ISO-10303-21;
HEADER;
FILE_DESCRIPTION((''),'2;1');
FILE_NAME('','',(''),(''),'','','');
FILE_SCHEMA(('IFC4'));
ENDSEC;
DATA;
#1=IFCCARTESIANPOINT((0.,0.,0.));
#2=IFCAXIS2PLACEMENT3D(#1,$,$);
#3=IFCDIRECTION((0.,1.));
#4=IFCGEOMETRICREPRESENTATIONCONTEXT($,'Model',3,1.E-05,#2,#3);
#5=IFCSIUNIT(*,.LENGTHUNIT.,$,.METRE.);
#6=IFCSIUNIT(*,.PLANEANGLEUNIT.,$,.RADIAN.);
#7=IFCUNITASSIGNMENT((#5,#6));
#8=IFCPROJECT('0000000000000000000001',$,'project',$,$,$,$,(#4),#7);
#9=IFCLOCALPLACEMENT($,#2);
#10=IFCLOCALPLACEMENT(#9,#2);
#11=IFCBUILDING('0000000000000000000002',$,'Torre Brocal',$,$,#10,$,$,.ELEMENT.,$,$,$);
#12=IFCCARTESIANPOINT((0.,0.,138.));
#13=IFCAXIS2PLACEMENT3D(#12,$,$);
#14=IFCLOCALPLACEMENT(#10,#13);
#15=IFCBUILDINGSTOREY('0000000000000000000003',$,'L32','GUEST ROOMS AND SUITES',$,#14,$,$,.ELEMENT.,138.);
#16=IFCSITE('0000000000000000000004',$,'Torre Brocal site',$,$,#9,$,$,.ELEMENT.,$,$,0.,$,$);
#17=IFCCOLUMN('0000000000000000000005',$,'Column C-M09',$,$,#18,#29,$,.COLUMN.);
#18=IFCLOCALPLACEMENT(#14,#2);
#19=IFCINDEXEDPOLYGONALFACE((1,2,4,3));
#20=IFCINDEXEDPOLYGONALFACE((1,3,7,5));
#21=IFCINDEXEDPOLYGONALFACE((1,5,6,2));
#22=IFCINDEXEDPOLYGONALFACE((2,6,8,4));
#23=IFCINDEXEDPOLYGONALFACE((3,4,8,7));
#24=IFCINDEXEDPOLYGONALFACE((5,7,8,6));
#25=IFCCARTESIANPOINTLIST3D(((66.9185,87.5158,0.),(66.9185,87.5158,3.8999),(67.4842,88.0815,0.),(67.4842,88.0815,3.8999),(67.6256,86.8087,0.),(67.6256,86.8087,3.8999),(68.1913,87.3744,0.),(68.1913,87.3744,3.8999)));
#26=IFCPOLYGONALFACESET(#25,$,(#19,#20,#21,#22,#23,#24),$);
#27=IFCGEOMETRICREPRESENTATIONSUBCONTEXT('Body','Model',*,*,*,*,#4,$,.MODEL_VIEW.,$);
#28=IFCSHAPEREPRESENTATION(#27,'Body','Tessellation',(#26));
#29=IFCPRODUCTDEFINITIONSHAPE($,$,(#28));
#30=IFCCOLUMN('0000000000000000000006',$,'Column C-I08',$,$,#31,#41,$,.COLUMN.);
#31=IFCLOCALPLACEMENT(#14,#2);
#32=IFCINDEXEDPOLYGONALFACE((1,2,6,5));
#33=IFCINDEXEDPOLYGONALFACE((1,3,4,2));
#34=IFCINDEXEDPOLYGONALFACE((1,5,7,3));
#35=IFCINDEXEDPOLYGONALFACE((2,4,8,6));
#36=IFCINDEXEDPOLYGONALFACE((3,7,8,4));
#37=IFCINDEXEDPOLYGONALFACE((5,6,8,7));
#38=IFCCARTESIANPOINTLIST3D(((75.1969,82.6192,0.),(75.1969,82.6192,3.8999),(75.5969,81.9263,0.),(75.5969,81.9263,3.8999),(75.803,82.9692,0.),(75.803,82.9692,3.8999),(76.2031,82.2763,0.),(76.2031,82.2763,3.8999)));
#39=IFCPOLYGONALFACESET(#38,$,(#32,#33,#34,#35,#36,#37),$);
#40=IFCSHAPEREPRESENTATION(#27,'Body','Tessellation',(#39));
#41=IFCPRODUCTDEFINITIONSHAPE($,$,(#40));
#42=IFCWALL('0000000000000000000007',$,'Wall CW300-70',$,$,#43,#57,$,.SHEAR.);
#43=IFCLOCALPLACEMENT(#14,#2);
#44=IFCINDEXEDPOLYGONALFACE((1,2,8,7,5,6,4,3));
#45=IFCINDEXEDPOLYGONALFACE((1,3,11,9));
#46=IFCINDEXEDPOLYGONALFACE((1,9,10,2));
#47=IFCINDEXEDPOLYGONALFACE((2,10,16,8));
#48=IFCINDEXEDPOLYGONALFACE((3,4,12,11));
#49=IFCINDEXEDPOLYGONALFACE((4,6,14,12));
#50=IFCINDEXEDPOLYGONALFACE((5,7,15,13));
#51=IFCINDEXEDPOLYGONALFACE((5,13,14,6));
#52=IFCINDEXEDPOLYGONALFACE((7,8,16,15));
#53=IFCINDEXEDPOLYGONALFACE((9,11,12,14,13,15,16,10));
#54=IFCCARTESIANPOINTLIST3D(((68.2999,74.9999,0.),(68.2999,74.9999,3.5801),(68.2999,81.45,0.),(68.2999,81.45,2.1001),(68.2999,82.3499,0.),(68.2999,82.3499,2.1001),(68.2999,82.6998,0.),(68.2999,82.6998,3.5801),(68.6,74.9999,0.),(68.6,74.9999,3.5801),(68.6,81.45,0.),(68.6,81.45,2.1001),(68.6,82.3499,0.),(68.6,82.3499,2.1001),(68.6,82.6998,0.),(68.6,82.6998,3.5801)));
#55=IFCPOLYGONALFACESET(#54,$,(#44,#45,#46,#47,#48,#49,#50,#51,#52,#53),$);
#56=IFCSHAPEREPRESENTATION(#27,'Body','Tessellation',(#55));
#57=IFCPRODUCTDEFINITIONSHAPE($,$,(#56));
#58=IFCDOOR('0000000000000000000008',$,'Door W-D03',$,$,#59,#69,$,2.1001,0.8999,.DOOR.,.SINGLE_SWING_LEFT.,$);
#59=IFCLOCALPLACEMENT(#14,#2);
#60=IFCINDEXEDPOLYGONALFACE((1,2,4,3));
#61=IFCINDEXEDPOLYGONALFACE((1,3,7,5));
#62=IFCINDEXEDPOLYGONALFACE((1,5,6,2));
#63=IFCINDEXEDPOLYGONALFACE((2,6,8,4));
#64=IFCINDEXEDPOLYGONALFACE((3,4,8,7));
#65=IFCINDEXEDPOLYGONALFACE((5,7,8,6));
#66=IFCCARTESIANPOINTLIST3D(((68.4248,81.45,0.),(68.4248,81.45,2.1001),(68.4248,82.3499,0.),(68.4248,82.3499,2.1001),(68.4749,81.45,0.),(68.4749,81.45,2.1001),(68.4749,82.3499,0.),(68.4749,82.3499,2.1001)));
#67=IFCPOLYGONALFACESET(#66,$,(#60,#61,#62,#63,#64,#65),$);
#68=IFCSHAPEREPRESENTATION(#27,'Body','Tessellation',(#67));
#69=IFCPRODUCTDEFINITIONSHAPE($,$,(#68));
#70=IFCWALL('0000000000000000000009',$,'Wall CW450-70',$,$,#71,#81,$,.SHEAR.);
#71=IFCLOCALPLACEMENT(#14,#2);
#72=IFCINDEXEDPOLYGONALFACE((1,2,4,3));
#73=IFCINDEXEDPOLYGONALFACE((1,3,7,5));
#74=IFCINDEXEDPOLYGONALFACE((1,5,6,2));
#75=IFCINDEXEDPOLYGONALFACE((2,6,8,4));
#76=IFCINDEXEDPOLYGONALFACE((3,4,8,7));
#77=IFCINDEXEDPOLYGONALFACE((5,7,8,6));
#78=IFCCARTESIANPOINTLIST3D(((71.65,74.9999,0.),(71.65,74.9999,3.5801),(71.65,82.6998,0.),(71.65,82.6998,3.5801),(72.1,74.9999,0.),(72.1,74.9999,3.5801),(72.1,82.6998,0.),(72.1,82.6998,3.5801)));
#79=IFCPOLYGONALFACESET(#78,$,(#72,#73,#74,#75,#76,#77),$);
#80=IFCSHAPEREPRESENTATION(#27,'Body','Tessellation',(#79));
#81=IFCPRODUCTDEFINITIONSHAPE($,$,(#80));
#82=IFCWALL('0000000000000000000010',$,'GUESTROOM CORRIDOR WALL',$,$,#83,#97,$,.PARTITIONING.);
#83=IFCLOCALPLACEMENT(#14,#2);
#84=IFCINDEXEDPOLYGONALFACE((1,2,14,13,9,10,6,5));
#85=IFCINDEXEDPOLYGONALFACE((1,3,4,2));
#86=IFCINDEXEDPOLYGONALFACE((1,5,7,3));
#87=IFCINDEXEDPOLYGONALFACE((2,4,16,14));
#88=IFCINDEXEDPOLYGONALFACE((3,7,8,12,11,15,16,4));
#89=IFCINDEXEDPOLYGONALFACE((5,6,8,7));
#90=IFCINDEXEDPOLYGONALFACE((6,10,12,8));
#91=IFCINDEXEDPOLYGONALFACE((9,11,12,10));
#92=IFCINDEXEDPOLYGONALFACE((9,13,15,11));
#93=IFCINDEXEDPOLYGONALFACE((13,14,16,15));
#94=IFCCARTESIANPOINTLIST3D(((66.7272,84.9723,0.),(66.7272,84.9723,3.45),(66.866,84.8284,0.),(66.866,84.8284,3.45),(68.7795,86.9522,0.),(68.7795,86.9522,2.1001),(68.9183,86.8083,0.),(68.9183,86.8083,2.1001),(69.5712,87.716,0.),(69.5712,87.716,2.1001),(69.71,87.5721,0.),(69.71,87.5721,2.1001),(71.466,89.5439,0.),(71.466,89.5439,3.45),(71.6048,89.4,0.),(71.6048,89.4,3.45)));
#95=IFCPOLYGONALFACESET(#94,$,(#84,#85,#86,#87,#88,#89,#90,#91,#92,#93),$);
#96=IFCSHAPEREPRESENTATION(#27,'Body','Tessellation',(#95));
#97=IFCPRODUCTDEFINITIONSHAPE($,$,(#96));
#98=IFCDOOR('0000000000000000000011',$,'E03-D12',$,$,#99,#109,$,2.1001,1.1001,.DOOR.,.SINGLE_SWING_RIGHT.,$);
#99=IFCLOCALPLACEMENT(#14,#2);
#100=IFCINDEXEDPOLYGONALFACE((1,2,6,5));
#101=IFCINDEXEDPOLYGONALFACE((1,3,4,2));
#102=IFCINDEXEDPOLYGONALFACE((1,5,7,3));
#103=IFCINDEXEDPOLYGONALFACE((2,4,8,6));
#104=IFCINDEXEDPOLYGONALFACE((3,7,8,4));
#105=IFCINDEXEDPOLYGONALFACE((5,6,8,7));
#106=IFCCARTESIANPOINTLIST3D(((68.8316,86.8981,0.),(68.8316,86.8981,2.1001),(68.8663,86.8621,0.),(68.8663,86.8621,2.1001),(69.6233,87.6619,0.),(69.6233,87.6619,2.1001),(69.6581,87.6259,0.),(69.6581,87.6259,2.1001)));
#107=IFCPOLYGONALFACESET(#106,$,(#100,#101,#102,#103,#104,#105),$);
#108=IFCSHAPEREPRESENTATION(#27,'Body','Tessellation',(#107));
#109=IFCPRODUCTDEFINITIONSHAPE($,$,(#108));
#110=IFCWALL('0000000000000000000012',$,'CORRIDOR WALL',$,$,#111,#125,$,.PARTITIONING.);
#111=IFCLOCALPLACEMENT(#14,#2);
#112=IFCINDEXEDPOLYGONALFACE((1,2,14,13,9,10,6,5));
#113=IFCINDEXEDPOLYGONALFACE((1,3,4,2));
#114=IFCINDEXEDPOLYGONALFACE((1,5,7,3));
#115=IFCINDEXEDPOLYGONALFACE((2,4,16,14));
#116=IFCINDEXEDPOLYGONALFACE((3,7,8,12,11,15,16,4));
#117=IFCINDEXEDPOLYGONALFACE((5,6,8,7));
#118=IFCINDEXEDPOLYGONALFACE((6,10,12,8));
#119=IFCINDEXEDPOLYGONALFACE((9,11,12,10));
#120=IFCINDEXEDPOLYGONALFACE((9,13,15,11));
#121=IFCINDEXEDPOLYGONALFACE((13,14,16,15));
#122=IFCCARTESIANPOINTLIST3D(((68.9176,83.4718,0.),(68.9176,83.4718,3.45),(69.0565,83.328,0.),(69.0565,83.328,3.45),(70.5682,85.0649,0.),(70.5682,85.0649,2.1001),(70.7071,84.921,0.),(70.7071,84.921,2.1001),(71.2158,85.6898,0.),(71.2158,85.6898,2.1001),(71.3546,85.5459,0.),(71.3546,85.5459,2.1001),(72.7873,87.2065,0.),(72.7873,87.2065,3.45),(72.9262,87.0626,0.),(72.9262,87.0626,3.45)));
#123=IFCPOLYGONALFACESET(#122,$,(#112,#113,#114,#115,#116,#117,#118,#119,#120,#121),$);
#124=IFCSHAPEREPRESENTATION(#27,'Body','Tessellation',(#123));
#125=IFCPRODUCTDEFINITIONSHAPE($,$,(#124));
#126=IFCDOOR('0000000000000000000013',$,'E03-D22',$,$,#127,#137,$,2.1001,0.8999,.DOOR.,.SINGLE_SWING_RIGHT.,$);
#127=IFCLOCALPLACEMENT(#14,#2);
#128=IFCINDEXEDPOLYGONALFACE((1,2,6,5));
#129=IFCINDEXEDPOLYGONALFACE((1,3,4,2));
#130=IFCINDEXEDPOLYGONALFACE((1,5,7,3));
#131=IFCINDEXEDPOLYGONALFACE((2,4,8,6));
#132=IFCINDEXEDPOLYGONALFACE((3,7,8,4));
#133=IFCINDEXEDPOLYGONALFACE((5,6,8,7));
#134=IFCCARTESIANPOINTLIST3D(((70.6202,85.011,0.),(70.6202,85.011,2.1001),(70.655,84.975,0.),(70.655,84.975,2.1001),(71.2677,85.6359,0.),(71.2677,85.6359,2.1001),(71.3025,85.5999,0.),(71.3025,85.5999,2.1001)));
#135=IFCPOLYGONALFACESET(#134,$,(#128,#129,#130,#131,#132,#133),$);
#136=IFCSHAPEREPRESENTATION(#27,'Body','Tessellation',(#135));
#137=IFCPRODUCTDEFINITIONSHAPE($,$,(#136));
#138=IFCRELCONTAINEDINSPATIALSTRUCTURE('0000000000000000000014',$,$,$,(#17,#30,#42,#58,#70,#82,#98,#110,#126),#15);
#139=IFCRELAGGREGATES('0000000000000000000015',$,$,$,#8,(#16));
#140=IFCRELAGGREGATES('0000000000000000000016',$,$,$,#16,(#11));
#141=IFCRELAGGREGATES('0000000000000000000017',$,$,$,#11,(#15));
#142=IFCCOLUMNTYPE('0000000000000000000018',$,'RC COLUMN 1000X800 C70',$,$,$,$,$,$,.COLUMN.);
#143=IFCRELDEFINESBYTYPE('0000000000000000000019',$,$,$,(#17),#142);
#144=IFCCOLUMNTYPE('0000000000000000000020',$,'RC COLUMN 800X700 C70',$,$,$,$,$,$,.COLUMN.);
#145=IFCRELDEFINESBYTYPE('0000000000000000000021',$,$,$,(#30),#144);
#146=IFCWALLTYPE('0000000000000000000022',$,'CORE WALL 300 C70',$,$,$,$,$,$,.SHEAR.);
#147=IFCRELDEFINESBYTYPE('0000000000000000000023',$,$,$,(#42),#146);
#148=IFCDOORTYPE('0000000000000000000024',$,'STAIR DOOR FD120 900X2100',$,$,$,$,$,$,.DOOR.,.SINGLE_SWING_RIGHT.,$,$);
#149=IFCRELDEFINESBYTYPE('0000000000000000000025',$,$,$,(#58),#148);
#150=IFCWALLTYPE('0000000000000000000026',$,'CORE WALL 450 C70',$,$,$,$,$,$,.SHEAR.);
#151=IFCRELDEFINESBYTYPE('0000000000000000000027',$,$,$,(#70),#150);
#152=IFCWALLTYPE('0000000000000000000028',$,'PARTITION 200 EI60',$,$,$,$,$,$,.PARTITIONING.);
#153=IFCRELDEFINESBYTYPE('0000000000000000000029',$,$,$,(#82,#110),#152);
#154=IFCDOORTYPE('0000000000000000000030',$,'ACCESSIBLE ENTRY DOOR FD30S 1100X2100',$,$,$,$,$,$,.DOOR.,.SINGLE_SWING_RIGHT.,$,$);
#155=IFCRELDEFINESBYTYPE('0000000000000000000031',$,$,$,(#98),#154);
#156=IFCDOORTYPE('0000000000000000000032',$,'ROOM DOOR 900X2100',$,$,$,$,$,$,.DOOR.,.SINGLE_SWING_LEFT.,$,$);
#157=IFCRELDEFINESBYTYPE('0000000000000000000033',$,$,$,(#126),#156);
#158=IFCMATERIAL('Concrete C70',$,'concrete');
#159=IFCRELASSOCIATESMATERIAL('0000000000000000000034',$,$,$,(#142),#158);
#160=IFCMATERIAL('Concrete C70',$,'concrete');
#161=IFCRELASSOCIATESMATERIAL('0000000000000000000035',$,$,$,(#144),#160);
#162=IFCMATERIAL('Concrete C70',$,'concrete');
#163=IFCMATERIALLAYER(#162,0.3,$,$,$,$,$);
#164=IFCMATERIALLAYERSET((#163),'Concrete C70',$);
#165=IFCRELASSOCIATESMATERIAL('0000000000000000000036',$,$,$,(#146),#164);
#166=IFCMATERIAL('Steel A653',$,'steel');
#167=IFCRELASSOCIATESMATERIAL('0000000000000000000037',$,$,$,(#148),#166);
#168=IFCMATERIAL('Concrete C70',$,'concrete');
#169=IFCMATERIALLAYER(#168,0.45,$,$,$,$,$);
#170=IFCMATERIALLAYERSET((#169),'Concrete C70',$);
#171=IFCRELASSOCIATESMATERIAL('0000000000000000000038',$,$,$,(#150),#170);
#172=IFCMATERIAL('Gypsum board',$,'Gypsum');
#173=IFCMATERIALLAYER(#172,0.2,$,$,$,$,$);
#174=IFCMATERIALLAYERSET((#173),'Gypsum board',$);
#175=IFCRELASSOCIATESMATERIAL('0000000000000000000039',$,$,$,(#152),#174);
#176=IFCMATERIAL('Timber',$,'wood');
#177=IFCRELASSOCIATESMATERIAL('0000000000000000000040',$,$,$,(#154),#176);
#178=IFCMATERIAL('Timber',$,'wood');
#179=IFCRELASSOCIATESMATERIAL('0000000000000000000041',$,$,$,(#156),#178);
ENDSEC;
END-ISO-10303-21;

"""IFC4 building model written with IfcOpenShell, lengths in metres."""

from ifc_helpers import new_model, si_unit, direction, frame, frame_2d, origin, origin_2d, place, context, subcontext, project, spatial, rectangle, extrude, material, layer, layer_set, material_profile, profile_set, type_object, element, fill, save


model = new_model("IFC4")

# Units and contexts
model_context = context("Model", 3, precision=1e-05, world=origin(), true_north=direction((0.0, 1.0)))
body_context = subcontext(model_context, "Body", "Model", "MODEL_VIEW")
ifc_project = project(units=[si_unit("LENGTHUNIT", "METRE"), si_unit("PLANEANGLEUNIT", "RADIAN")], contexts=[model_context])

# Site, building, storey
site_placement = place(None, origin())
site = spatial("IfcSite", under=ifc_project, at=site_placement, Name="Torre Brocal site", CompositionType="ELEMENT", RefElevation=0.0)
building_placement = place(site_placement, origin())
building = spatial("IfcBuilding", under=site, at=building_placement, Name="Torre Brocal", CompositionType="ELEMENT")
storey_placement = place(building_placement, frame((0.0, 0.0, 138.0)))
storey = spatial("IfcBuildingStorey", under=building, at=storey_placement, Name="L32", Description="GUEST ROOMS AND SUITES", CompositionType="ELEMENT", Elevation=138.0)

# Columns
ifc_material_1 = material(Name="Concrete C70", Category="concrete")
ifc_material_profile_1 = material_profile(ifc_material_1, rectangle(XDim=1.0, YDim=0.8, at=origin_2d()), Name="RC 1000X800")
ifc_profile_set_1 = profile_set([ifc_material_profile_1], Name="Concrete C70")
column_type_1 = type_object("IfcColumnType", Name="RC COLUMN 1000X800 C70", PredefinedType="COLUMN", material=ifc_profile_set_1)
column_1_placement = place(storey_placement, frame((67.5549, 87.4451, 0.0), z_axis=(0.0, 0.0, 1.0), x_axis=(-0.707107, 0.707107, 0.0)))
element("IfcColumn", 1, at=column_1_placement, inside=storey, type_object=column_type_1, Name="Column C-M09", PredefinedType="COLUMN", context=body_context, shape_type="SweptSolid", body=[
    extrude(rectangle(XDim=1.0, YDim=0.8, at=origin_2d()), origin(), (0.0, 0.0, 1.0), 3.8999),
])
ifc_material_2 = material(Name="Concrete C70", Category="concrete")
ifc_material_profile_2 = material_profile(ifc_material_2, rectangle(XDim=0.8, YDim=0.7, at=origin_2d()), Name="RC 800X700")
ifc_profile_set_2 = profile_set([ifc_material_profile_2], Name="Concrete C70")
column_type_2 = type_object("IfcColumnType", Name="RC COLUMN 800X700 C70", PredefinedType="COLUMN", material=ifc_profile_set_2)
column_2_placement = place(storey_placement, frame((75.7, 82.4478, 0.0), z_axis=(0.0, 0.0, 1.0), x_axis=(-0.5, 0.866025, 0.0)))
element("IfcColumn", 2, at=column_2_placement, inside=storey, type_object=column_type_2, Name="Column C-I08", PredefinedType="COLUMN", context=body_context, shape_type="SweptSolid", body=[
    extrude(rectangle(XDim=0.8, YDim=0.7, at=origin_2d()), origin(), (0.0, 0.0, 1.0), 3.8999),
])

# Wall, opening, door
ifc_material_3 = material(Name="Concrete C70", Category="concrete")
ifc_layer_1 = layer(ifc_material_3, 0.3)
ifc_layer_set_1 = layer_set([ifc_layer_1], Name="Concrete C70")
wall_type_1 = type_object("IfcWallType", Name="CORE WALL 300 C70", PredefinedType="SHEAR", material=ifc_layer_set_1)
wall_1_placement = place(storey_placement, frame((68.45, 82.7, 0.0), z_axis=(0.0, 0.0, 1.0), x_axis=(0.0, -1.0, 0.0)))
wall_1 = element("IfcWall", 3, at=wall_1_placement, inside=storey, type_object=wall_type_1, Name="Wall CW300-70", PredefinedType="SHEAR", context=body_context, shape_type="SweptSolid", body=[
    extrude(rectangle(XDim=7.7, YDim=0.3, at=frame_2d((3.8501, 0.0))), origin(), (0.0, 0.0, 1.0), 3.5801),
])
opening_1_placement = place(wall_1_placement, frame((0.3501, 0.0, 0.0)))
opening_1 = element("IfcOpeningElement", 4, at=opening_1_placement, cuts=wall_1, PredefinedType="OPENING", context=body_context, shape_type="SweptSolid", body=[
    extrude(rectangle(XDim=0.8999, YDim=2.1001, at=frame_2d((0.45, 1.05))), frame((0.0, 0.1599, 0.0), z_axis=(0.0, -1.0, 0.0), x_axis=(1.0, 0.0, 0.0)), (0.0, 0.0, 1.0), 0.3201),
])
ifc_material_4 = material(Name="Steel A653", Category="steel")
door_type_1 = type_object("IfcDoorType", Name="STAIR DOOR FD120 900X2100", OperationType="SINGLE_SWING_RIGHT", PredefinedType="DOOR", material=ifc_material_4)
door_1_placement = place(opening_1_placement, origin())
door_1 = element("IfcDoor", 5, at=door_1_placement, inside=storey, type_object=door_type_1, Name="Door W-D03", OperationType="SINGLE_SWING_LEFT", OverallHeight=2.1001, OverallWidth=0.8999, PredefinedType="DOOR", context=body_context, shape_type="SweptSolid", body=[
    extrude(rectangle(XDim=0.8999, YDim=2.1001, at=frame_2d((0.45, 1.05))), frame((0.0, 0.0249, 0.0), z_axis=(0.0, -1.0, 0.0), x_axis=(1.0, 0.0, 0.0)), (0.0, 0.0, 1.0), 0.05),
])
fill(opening_1, door_1)

# Wall
ifc_material_5 = material(Name="Concrete C70", Category="concrete")
ifc_layer_2 = layer(ifc_material_5, 0.45)
ifc_layer_set_2 = layer_set([ifc_layer_2], Name="Concrete C70")
wall_type_2 = type_object("IfcWallType", Name="CORE WALL 450 C70", PredefinedType="SHEAR", material=ifc_layer_set_2)
wall_2_placement = place(storey_placement, frame((71.875, 82.7, 0.0), z_axis=(0.0, 0.0, 1.0), x_axis=(0.0, -1.0, 0.0)))
element("IfcWall", 6, at=wall_2_placement, inside=storey, type_object=wall_type_2, Name="Wall CW450-70", PredefinedType="SHEAR", context=body_context, shape_type="SweptSolid", body=[
    extrude(rectangle(XDim=7.7, YDim=0.45, at=frame_2d((3.8501, 0.0))), origin(), (0.0, 0.0, 1.0), 3.5801),
])

# Walls, openings, doors
ifc_material_6 = material(Name="Gypsum board", Category="Gypsum")
ifc_layer_3 = layer(ifc_material_6, 0.2)
ifc_layer_set_3 = layer_set([ifc_layer_3], Name="Gypsum board")
wall_type_3 = type_object("IfcWallType", Name="PARTITION 200 EI60", PredefinedType="PARTITIONING", material=ifc_layer_set_3)
wall_3_placement = place(storey_placement, frame((66.7966, 84.9004, 0.0), z_axis=(0.0, 0.0, 1.0), x_axis=(0.719692, 0.694293, 0.0)))
wall_3 = element("IfcWall", 7, at=wall_3_placement, inside=storey, type_object=wall_type_3, Name="GUESTROOM CORRIDOR WALL", PredefinedType="PARTITIONING", context=body_context, shape_type="SweptSolid", body=[
    extrude(rectangle(XDim=6.5845, YDim=0.2, at=frame_2d((3.2922, 0.0))), origin(), (0.0, 0.0, 1.0), 3.45),
])
opening_2_placement = place(wall_3_placement, frame((2.8516, 0.0, 0.0)))
opening_2 = element("IfcOpeningElement", 8, at=opening_2_placement, cuts=wall_3, PredefinedType="OPENING", context=body_context, shape_type="SweptSolid", body=[
    extrude(rectangle(XDim=1.1001, YDim=2.1001, at=frame_2d((0.55, 1.05))), frame((0.0, 0.1099, 0.0), z_axis=(0.0, -1.0, 0.0), x_axis=(1.0, 0.0, 0.0)), (0.0, 0.0, 1.0), 0.22),
])
ifc_material_7 = material(Name="Timber", Category="wood")
door_type_2 = type_object("IfcDoorType", Name="ACCESSIBLE ENTRY DOOR FD30S 1100X2100", OperationType="SINGLE_SWING_RIGHT", PredefinedType="DOOR", material=ifc_material_7)
door_2_placement = place(opening_2_placement, origin())
door_2 = element("IfcDoor", 9, at=door_2_placement, inside=storey, type_object=door_type_2, Name="E03-D12", OperationType="SINGLE_SWING_RIGHT", OverallHeight=2.1001, OverallWidth=1.1001, PredefinedType="DOOR", context=body_context, shape_type="SweptSolid", body=[
    extrude(rectangle(XDim=1.1001, YDim=2.1001, at=frame_2d((0.55, 1.05))), frame((0.0, 0.0249, 0.0), z_axis=(0.0, -1.0, 0.0), x_axis=(1.0, 0.0, 0.0)), (0.0, 0.0, 1.0), 0.05),
])
fill(opening_2, door_2)
wall_4_placement = place(storey_placement, frame((68.9871, 83.3999, 0.0), z_axis=(0.0, 0.0, 1.0), x_axis=(0.719548, 0.694443, 0.0)))
wall_4 = element("IfcWall", 10, at=wall_4_placement, inside=storey, type_object=wall_type_3, Name="CORRIDOR WALL", PredefinedType="PARTITIONING", context=body_context, shape_type="SweptSolid", body=[
    extrude(rectangle(XDim=5.3779, YDim=0.2, at=frame_2d((2.689, 0.0))), origin(), (0.0, 0.0, 1.0), 3.45),
])
opening_3_placement = place(wall_4_placement, frame((2.2939, 0.0, 0.0)))
opening_3 = element("IfcOpeningElement", 11, at=opening_3_placement, cuts=wall_4, PredefinedType="OPENING", context=body_context, shape_type="SweptSolid", body=[
    extrude(rectangle(XDim=0.8999, YDim=2.1001, at=frame_2d((0.45, 1.05))), frame((0.0, 0.1099, 0.0), z_axis=(0.0, -1.0, 0.0), x_axis=(1.0, 0.0, 0.0)), (0.0, 0.0, 1.0), 0.22),
])
ifc_material_8 = material(Name="Timber", Category="wood")
door_type_3 = type_object("IfcDoorType", Name="ROOM DOOR 900X2100", OperationType="SINGLE_SWING_LEFT", PredefinedType="DOOR", material=ifc_material_8)
door_3_placement = place(opening_3_placement, frame((0.8999, 0.0, 0.0), z_axis=(0.0, 0.0, 1.0), x_axis=(-1.0, 0.0, 0.0)))
door_3 = element("IfcDoor", 12, at=door_3_placement, inside=storey, type_object=door_type_3, Name="E03-D22", OperationType="SINGLE_SWING_RIGHT", OverallHeight=2.1001, OverallWidth=0.8999, PredefinedType="DOOR", context=body_context, shape_type="SweptSolid", body=[
    extrude(rectangle(XDim=0.8999, YDim=2.1001, at=frame_2d((0.45, 1.05))), frame((0.0, 0.0249, 0.0), z_axis=(0.0, -1.0, 0.0), x_axis=(1.0, 0.0, 0.0)), (0.0, 0.0, 1.0), 0.05),
])
fill(opening_3, door_3)

save(model, "model.ifc")
